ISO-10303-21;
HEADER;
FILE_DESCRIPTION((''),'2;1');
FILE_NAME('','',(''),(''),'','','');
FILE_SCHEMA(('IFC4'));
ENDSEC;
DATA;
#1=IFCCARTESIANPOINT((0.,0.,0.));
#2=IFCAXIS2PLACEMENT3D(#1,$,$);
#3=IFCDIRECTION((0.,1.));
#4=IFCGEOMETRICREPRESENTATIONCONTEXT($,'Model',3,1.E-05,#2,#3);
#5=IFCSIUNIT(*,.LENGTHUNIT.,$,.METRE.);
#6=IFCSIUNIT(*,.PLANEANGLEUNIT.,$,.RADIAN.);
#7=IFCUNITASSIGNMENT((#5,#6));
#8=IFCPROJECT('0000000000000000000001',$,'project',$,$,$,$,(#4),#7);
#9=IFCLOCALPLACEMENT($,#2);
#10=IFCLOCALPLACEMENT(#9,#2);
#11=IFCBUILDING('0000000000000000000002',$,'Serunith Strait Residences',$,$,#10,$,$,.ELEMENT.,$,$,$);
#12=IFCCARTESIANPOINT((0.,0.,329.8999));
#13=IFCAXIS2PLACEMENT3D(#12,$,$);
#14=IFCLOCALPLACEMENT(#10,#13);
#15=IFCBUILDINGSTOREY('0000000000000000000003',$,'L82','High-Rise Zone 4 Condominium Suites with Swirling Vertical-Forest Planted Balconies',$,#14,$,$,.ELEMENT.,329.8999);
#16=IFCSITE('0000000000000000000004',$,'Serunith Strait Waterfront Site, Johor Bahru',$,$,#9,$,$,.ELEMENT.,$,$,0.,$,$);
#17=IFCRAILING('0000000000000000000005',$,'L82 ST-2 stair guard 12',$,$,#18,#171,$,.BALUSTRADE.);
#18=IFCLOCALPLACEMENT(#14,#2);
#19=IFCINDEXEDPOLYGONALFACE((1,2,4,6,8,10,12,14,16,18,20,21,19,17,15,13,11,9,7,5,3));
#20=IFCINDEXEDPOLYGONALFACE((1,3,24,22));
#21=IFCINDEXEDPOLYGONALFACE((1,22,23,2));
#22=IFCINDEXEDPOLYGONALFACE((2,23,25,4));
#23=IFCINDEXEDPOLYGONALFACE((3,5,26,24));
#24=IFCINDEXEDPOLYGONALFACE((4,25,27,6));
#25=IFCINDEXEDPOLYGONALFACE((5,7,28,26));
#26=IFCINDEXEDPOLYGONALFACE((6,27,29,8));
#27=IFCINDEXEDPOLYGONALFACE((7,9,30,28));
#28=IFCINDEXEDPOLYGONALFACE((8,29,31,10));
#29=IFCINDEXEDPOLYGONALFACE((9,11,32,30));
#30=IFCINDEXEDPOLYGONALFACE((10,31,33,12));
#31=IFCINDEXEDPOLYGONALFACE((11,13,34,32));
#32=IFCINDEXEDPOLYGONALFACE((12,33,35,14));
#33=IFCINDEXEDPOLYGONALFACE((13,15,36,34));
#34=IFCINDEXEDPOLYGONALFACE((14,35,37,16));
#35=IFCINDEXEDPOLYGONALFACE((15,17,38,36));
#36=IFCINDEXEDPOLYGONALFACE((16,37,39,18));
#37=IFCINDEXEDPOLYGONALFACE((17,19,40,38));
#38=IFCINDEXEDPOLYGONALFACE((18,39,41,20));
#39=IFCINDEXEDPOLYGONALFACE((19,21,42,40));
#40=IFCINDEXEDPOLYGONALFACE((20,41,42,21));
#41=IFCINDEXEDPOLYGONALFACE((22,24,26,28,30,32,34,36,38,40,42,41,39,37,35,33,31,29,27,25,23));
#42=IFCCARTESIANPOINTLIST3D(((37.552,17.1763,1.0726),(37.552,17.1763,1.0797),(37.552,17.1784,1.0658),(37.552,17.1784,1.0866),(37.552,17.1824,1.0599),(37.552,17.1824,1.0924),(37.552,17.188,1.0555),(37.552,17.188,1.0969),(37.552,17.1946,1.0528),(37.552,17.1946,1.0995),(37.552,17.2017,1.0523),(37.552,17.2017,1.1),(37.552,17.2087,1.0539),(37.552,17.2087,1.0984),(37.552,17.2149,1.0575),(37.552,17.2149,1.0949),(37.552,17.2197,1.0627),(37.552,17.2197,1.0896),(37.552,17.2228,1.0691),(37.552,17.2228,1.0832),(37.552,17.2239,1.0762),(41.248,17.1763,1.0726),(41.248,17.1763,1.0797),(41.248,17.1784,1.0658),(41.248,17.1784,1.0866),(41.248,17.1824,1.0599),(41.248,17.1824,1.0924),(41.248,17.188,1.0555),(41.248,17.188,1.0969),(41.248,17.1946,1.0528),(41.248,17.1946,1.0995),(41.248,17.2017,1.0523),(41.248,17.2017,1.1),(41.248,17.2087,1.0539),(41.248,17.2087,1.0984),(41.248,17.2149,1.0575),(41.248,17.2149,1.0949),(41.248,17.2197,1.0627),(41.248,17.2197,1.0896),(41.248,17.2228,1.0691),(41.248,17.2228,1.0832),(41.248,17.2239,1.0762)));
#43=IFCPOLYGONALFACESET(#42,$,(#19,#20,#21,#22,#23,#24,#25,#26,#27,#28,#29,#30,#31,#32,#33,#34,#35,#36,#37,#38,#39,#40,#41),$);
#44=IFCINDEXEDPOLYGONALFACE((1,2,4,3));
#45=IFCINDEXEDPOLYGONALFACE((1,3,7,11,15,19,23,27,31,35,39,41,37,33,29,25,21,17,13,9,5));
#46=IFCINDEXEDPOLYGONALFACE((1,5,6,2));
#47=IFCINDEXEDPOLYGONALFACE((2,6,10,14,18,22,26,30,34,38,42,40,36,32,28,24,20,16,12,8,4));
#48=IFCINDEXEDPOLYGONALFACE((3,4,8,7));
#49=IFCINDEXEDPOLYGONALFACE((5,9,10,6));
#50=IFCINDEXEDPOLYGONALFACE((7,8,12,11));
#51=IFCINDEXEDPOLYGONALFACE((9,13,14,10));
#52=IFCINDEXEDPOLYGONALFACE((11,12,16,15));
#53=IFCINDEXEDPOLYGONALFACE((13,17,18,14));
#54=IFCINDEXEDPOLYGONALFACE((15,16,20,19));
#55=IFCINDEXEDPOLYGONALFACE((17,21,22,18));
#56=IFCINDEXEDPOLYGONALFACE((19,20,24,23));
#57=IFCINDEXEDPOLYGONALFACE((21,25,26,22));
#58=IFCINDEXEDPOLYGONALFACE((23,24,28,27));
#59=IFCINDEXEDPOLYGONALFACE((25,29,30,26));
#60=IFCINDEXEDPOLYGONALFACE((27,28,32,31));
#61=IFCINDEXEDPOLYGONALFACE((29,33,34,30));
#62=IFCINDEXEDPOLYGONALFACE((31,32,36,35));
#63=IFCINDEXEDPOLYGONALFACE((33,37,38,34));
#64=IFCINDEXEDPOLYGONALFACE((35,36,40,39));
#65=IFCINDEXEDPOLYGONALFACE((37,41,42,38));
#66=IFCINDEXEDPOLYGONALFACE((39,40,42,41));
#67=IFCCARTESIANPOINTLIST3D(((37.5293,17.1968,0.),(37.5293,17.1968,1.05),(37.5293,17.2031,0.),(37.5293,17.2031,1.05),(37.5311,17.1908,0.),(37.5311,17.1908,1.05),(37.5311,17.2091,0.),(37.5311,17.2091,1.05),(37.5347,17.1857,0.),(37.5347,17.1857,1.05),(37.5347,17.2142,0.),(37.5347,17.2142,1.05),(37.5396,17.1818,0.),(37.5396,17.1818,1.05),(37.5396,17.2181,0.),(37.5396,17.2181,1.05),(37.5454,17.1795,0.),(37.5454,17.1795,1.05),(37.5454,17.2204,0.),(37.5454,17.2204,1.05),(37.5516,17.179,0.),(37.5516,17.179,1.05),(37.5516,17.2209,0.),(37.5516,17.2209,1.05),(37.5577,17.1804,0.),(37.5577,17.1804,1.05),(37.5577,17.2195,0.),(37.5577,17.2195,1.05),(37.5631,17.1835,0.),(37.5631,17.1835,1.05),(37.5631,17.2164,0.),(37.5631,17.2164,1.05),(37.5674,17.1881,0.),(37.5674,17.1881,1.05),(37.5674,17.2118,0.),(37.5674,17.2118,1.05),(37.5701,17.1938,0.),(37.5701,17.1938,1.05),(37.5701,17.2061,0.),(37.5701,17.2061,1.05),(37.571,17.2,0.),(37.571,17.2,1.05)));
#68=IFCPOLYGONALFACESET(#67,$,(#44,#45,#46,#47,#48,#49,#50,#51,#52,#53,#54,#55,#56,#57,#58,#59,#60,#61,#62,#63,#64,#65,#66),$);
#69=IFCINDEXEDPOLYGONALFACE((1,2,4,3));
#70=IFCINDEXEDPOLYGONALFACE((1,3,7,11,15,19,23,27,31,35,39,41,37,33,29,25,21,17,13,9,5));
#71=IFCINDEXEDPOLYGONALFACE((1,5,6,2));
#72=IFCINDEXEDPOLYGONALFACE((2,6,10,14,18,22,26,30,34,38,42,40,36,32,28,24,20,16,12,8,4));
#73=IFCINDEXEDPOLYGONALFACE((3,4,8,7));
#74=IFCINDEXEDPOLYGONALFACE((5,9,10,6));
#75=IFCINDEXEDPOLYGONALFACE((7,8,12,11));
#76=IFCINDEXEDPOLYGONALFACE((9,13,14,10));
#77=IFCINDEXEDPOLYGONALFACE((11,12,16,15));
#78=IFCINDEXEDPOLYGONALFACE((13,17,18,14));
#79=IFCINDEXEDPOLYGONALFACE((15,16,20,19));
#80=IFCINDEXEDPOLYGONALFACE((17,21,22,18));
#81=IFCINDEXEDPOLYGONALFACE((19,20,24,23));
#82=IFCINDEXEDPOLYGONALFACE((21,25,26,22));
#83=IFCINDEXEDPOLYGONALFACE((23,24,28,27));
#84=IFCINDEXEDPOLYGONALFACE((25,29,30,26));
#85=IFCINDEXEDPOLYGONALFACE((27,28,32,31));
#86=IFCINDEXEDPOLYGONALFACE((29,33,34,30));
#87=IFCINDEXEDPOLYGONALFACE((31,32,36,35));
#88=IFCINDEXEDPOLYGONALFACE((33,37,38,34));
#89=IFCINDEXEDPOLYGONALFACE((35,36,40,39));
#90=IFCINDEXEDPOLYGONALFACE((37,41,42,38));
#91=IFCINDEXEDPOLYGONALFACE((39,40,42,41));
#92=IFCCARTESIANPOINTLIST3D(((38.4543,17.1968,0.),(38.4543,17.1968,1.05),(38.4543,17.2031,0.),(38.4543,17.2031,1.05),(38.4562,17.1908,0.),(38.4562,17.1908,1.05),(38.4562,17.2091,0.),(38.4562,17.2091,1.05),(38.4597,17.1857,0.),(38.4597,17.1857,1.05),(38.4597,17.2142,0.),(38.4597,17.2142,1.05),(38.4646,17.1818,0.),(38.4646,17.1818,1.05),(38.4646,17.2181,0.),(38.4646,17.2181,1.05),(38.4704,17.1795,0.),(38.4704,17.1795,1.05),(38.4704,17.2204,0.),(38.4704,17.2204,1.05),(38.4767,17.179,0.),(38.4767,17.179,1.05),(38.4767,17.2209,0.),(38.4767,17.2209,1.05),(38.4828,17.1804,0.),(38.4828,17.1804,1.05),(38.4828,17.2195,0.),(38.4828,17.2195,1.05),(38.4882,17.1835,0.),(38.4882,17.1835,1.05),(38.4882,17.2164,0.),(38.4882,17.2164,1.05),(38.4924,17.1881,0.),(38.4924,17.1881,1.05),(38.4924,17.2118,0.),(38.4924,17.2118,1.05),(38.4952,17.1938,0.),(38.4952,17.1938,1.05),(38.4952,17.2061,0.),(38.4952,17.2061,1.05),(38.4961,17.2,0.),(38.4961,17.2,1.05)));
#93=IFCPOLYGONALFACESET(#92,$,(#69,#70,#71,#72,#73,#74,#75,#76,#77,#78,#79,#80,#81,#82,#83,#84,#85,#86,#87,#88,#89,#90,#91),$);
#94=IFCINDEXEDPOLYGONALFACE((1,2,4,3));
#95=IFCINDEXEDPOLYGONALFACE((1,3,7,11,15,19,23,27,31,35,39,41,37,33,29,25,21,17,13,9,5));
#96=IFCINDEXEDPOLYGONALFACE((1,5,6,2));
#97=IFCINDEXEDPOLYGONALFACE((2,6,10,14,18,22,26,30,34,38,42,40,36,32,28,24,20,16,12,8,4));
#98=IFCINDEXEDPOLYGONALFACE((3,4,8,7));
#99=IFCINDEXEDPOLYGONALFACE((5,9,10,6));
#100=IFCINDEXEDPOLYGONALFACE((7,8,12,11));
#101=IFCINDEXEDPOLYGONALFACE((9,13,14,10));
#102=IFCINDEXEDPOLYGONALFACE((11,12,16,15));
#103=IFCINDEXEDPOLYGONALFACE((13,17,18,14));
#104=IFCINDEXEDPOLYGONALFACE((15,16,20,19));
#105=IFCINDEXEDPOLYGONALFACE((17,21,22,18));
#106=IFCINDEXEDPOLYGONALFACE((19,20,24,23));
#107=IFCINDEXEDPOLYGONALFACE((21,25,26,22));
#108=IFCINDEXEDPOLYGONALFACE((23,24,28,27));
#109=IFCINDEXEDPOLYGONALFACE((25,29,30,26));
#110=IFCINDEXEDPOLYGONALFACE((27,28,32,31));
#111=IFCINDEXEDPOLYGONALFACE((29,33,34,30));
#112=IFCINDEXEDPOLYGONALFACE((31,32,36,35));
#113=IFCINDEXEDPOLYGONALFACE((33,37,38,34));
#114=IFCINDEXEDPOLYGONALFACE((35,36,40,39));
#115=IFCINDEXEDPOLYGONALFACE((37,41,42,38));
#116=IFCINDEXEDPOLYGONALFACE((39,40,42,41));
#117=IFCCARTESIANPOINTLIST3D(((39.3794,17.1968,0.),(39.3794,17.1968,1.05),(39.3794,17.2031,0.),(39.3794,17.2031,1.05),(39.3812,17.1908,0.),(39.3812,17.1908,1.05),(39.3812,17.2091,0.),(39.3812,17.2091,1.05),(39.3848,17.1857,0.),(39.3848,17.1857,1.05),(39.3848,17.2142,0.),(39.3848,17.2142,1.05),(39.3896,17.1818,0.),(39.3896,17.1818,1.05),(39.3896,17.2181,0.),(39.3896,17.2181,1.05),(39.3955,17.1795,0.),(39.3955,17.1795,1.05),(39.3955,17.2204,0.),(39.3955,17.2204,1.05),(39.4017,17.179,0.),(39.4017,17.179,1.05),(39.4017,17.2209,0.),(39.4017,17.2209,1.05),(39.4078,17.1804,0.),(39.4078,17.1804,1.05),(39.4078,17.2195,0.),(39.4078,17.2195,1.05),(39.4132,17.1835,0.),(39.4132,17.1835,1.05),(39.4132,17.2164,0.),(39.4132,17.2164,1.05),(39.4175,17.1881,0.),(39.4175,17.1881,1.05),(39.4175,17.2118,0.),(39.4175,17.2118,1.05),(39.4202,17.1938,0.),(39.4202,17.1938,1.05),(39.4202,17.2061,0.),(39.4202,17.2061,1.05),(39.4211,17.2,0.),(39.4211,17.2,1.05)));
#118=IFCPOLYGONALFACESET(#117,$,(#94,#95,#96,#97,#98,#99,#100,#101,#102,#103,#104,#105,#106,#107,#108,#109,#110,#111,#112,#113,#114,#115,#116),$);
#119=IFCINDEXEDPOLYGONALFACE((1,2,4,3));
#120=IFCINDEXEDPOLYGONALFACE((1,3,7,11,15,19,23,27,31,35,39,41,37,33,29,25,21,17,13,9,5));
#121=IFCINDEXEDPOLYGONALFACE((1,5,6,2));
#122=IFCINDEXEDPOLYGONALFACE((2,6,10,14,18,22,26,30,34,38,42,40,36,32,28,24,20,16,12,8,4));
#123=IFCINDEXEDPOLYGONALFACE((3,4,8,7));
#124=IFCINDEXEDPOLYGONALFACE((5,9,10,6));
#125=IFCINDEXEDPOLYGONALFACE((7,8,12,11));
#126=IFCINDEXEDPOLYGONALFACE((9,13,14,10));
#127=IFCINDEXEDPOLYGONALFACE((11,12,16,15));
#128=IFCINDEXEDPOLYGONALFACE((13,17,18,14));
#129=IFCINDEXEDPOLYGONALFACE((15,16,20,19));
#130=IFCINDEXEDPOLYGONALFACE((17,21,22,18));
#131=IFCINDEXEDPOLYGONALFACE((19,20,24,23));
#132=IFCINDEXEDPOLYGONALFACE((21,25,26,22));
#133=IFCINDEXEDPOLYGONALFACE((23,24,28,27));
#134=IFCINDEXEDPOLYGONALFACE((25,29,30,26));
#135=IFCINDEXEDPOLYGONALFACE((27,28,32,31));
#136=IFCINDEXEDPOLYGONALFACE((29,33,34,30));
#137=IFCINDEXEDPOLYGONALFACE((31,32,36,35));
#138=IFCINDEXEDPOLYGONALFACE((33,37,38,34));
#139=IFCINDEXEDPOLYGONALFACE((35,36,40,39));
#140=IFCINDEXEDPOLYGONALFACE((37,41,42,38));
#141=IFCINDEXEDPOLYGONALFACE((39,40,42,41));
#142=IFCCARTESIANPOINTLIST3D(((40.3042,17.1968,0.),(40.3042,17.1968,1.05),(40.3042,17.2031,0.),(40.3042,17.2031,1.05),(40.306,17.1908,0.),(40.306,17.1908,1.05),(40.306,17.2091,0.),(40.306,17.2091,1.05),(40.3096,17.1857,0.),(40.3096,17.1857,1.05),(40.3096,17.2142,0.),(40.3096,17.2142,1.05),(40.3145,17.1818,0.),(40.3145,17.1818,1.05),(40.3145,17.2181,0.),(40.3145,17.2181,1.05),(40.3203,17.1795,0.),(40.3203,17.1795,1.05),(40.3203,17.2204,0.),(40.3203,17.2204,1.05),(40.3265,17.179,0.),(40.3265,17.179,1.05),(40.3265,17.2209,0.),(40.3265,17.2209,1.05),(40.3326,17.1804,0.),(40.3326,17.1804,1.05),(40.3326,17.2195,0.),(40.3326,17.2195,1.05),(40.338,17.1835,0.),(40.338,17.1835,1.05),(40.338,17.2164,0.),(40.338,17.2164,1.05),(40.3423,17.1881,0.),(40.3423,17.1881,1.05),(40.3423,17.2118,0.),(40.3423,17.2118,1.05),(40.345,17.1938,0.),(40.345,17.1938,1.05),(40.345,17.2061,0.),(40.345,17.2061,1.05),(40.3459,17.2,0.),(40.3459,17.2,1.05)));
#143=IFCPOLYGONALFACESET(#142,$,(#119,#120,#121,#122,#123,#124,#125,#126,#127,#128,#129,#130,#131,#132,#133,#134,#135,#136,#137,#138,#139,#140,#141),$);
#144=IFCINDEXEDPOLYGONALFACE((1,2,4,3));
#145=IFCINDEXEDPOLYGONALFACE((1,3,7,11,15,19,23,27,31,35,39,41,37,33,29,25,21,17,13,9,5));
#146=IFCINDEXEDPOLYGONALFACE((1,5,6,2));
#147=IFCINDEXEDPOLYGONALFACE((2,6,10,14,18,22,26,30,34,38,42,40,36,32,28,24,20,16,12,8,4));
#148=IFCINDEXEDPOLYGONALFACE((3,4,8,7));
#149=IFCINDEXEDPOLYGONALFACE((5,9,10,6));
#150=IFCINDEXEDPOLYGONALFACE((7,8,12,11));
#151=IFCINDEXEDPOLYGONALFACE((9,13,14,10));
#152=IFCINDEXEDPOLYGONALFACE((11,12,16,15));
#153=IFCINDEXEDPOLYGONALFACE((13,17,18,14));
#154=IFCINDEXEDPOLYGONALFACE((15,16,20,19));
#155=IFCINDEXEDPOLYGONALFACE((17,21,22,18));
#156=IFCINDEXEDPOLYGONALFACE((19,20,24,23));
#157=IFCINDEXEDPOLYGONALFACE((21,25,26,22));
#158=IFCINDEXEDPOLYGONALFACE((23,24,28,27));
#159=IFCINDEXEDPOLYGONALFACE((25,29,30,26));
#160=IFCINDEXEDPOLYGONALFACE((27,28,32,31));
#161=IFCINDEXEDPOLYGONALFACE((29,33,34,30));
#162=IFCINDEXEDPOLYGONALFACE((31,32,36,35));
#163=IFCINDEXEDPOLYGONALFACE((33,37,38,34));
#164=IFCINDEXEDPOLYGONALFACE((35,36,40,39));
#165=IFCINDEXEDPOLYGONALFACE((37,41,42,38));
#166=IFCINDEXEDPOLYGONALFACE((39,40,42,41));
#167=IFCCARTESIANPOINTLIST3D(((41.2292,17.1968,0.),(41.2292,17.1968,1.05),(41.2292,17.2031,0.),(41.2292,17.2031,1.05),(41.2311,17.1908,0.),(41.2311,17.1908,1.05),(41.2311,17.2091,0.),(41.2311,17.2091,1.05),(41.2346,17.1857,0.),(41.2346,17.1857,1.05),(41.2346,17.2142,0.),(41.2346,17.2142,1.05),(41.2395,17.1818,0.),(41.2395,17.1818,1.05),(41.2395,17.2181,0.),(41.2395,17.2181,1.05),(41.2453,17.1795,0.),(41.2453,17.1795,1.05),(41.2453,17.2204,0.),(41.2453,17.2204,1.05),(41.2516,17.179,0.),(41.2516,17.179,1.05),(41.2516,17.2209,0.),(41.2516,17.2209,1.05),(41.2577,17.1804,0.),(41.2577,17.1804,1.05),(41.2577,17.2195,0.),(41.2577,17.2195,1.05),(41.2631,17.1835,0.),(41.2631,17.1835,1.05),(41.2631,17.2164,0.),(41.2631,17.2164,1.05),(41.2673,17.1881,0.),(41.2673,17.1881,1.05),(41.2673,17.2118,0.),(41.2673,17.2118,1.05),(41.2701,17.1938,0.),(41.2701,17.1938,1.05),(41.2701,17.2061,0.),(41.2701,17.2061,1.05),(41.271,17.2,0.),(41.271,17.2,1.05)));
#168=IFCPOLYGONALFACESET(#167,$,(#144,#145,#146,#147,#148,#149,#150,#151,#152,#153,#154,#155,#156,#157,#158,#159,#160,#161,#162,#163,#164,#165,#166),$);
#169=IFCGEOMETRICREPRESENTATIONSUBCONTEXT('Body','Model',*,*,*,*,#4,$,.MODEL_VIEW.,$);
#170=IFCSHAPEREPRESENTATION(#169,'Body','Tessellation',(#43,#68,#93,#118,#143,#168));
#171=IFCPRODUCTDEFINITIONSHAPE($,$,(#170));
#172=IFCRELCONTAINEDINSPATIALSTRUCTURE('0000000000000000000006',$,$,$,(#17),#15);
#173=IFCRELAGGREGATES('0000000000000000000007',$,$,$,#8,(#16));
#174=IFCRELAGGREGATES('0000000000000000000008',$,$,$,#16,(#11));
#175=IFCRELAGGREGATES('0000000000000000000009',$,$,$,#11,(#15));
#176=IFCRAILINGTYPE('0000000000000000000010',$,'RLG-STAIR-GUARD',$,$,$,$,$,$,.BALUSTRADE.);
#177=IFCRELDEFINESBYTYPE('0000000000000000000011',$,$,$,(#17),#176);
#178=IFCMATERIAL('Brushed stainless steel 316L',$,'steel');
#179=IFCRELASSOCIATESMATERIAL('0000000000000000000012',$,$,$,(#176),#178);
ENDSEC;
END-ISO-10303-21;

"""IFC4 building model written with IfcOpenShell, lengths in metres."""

from ifc_helpers import new_model, si_unit, direction, frame, origin, origin_2d, place, context, subcontext, project, spatial, circle, extrude, material, type_object, element, save


model = new_model("IFC4")

# Units and contexts
model_context = context("Model", 3, precision=1e-05, world=origin(), true_north=direction((0.0, 1.0)))
body_context = subcontext(model_context, "Body", "Model", "MODEL_VIEW")
ifc_project = project(units=[si_unit("LENGTHUNIT", "METRE"), si_unit("PLANEANGLEUNIT", "RADIAN")], contexts=[model_context])

# Site, building, storey
site_placement = place(None, origin())
site = spatial("IfcSite", under=ifc_project, at=site_placement, Name="Serunith Strait Waterfront Site, Johor Bahru", CompositionType="ELEMENT", RefElevation=0.0)
building_placement = place(site_placement, origin())
building = spatial("IfcBuilding", under=site, at=building_placement, Name="Serunith Strait Residences", CompositionType="ELEMENT")
storey_placement = place(building_placement, frame((0.0, 0.0, 329.8999)))
storey = spatial("IfcBuildingStorey", under=building, at=storey_placement, Name="L82", Description="High-Rise Zone 4 Condominium Suites with Swirling Vertical-Forest Planted Balconies", CompositionType="ELEMENT", Elevation=329.8999)

# Railing
ifc_material_1 = material(Name="Brushed stainless steel 316L", Category="steel")
railing_type_1 = type_object("IfcRailingType", Name="RLG-STAIR-GUARD", PredefinedType="BALUSTRADE", material=ifc_material_1)
railing_1_placement = place(storey_placement, frame((37.55, 17.2, 0.0)))
element("IfcRailing", 1, at=railing_1_placement, inside=storey, type_object=railing_type_1, Name="L82 ST-2 stair guard 12", PredefinedType="BALUSTRADE", context=body_context, shape_type="SweptSolid", body=[
    extrude(circle(Radius=0.0239, at=origin_2d()), frame((0.002, 0.0, 1.0762), z_axis=(1.0, 0.0, 0.0), x_axis=(0.0, 1.0, 0.0)), (0.0, 0.0, 1.0), 3.696),
    extrude(circle(Radius=0.021, at=origin_2d()), origin(), (0.0, 0.0, 1.0), 1.05),
    extrude(circle(Radius=0.021, at=origin_2d()), frame((0.925, 0.0, 0.0)), (0.0, 0.0, 1.0), 1.05),
    extrude(circle(Radius=0.021, at=origin_2d()), frame((1.8501, 0.0, 0.0)), (0.0, 0.0, 1.0), 1.05),
    extrude(circle(Radius=0.021, at=origin_2d()), frame((2.7749, 0.0, 0.0)), (0.0, 0.0, 1.0), 1.05),
    extrude(circle(Radius=0.021, at=origin_2d()), frame((3.7, 0.0, 0.0)), (0.0, 0.0, 1.0), 1.05),
])

save(model, "model.ifc")
